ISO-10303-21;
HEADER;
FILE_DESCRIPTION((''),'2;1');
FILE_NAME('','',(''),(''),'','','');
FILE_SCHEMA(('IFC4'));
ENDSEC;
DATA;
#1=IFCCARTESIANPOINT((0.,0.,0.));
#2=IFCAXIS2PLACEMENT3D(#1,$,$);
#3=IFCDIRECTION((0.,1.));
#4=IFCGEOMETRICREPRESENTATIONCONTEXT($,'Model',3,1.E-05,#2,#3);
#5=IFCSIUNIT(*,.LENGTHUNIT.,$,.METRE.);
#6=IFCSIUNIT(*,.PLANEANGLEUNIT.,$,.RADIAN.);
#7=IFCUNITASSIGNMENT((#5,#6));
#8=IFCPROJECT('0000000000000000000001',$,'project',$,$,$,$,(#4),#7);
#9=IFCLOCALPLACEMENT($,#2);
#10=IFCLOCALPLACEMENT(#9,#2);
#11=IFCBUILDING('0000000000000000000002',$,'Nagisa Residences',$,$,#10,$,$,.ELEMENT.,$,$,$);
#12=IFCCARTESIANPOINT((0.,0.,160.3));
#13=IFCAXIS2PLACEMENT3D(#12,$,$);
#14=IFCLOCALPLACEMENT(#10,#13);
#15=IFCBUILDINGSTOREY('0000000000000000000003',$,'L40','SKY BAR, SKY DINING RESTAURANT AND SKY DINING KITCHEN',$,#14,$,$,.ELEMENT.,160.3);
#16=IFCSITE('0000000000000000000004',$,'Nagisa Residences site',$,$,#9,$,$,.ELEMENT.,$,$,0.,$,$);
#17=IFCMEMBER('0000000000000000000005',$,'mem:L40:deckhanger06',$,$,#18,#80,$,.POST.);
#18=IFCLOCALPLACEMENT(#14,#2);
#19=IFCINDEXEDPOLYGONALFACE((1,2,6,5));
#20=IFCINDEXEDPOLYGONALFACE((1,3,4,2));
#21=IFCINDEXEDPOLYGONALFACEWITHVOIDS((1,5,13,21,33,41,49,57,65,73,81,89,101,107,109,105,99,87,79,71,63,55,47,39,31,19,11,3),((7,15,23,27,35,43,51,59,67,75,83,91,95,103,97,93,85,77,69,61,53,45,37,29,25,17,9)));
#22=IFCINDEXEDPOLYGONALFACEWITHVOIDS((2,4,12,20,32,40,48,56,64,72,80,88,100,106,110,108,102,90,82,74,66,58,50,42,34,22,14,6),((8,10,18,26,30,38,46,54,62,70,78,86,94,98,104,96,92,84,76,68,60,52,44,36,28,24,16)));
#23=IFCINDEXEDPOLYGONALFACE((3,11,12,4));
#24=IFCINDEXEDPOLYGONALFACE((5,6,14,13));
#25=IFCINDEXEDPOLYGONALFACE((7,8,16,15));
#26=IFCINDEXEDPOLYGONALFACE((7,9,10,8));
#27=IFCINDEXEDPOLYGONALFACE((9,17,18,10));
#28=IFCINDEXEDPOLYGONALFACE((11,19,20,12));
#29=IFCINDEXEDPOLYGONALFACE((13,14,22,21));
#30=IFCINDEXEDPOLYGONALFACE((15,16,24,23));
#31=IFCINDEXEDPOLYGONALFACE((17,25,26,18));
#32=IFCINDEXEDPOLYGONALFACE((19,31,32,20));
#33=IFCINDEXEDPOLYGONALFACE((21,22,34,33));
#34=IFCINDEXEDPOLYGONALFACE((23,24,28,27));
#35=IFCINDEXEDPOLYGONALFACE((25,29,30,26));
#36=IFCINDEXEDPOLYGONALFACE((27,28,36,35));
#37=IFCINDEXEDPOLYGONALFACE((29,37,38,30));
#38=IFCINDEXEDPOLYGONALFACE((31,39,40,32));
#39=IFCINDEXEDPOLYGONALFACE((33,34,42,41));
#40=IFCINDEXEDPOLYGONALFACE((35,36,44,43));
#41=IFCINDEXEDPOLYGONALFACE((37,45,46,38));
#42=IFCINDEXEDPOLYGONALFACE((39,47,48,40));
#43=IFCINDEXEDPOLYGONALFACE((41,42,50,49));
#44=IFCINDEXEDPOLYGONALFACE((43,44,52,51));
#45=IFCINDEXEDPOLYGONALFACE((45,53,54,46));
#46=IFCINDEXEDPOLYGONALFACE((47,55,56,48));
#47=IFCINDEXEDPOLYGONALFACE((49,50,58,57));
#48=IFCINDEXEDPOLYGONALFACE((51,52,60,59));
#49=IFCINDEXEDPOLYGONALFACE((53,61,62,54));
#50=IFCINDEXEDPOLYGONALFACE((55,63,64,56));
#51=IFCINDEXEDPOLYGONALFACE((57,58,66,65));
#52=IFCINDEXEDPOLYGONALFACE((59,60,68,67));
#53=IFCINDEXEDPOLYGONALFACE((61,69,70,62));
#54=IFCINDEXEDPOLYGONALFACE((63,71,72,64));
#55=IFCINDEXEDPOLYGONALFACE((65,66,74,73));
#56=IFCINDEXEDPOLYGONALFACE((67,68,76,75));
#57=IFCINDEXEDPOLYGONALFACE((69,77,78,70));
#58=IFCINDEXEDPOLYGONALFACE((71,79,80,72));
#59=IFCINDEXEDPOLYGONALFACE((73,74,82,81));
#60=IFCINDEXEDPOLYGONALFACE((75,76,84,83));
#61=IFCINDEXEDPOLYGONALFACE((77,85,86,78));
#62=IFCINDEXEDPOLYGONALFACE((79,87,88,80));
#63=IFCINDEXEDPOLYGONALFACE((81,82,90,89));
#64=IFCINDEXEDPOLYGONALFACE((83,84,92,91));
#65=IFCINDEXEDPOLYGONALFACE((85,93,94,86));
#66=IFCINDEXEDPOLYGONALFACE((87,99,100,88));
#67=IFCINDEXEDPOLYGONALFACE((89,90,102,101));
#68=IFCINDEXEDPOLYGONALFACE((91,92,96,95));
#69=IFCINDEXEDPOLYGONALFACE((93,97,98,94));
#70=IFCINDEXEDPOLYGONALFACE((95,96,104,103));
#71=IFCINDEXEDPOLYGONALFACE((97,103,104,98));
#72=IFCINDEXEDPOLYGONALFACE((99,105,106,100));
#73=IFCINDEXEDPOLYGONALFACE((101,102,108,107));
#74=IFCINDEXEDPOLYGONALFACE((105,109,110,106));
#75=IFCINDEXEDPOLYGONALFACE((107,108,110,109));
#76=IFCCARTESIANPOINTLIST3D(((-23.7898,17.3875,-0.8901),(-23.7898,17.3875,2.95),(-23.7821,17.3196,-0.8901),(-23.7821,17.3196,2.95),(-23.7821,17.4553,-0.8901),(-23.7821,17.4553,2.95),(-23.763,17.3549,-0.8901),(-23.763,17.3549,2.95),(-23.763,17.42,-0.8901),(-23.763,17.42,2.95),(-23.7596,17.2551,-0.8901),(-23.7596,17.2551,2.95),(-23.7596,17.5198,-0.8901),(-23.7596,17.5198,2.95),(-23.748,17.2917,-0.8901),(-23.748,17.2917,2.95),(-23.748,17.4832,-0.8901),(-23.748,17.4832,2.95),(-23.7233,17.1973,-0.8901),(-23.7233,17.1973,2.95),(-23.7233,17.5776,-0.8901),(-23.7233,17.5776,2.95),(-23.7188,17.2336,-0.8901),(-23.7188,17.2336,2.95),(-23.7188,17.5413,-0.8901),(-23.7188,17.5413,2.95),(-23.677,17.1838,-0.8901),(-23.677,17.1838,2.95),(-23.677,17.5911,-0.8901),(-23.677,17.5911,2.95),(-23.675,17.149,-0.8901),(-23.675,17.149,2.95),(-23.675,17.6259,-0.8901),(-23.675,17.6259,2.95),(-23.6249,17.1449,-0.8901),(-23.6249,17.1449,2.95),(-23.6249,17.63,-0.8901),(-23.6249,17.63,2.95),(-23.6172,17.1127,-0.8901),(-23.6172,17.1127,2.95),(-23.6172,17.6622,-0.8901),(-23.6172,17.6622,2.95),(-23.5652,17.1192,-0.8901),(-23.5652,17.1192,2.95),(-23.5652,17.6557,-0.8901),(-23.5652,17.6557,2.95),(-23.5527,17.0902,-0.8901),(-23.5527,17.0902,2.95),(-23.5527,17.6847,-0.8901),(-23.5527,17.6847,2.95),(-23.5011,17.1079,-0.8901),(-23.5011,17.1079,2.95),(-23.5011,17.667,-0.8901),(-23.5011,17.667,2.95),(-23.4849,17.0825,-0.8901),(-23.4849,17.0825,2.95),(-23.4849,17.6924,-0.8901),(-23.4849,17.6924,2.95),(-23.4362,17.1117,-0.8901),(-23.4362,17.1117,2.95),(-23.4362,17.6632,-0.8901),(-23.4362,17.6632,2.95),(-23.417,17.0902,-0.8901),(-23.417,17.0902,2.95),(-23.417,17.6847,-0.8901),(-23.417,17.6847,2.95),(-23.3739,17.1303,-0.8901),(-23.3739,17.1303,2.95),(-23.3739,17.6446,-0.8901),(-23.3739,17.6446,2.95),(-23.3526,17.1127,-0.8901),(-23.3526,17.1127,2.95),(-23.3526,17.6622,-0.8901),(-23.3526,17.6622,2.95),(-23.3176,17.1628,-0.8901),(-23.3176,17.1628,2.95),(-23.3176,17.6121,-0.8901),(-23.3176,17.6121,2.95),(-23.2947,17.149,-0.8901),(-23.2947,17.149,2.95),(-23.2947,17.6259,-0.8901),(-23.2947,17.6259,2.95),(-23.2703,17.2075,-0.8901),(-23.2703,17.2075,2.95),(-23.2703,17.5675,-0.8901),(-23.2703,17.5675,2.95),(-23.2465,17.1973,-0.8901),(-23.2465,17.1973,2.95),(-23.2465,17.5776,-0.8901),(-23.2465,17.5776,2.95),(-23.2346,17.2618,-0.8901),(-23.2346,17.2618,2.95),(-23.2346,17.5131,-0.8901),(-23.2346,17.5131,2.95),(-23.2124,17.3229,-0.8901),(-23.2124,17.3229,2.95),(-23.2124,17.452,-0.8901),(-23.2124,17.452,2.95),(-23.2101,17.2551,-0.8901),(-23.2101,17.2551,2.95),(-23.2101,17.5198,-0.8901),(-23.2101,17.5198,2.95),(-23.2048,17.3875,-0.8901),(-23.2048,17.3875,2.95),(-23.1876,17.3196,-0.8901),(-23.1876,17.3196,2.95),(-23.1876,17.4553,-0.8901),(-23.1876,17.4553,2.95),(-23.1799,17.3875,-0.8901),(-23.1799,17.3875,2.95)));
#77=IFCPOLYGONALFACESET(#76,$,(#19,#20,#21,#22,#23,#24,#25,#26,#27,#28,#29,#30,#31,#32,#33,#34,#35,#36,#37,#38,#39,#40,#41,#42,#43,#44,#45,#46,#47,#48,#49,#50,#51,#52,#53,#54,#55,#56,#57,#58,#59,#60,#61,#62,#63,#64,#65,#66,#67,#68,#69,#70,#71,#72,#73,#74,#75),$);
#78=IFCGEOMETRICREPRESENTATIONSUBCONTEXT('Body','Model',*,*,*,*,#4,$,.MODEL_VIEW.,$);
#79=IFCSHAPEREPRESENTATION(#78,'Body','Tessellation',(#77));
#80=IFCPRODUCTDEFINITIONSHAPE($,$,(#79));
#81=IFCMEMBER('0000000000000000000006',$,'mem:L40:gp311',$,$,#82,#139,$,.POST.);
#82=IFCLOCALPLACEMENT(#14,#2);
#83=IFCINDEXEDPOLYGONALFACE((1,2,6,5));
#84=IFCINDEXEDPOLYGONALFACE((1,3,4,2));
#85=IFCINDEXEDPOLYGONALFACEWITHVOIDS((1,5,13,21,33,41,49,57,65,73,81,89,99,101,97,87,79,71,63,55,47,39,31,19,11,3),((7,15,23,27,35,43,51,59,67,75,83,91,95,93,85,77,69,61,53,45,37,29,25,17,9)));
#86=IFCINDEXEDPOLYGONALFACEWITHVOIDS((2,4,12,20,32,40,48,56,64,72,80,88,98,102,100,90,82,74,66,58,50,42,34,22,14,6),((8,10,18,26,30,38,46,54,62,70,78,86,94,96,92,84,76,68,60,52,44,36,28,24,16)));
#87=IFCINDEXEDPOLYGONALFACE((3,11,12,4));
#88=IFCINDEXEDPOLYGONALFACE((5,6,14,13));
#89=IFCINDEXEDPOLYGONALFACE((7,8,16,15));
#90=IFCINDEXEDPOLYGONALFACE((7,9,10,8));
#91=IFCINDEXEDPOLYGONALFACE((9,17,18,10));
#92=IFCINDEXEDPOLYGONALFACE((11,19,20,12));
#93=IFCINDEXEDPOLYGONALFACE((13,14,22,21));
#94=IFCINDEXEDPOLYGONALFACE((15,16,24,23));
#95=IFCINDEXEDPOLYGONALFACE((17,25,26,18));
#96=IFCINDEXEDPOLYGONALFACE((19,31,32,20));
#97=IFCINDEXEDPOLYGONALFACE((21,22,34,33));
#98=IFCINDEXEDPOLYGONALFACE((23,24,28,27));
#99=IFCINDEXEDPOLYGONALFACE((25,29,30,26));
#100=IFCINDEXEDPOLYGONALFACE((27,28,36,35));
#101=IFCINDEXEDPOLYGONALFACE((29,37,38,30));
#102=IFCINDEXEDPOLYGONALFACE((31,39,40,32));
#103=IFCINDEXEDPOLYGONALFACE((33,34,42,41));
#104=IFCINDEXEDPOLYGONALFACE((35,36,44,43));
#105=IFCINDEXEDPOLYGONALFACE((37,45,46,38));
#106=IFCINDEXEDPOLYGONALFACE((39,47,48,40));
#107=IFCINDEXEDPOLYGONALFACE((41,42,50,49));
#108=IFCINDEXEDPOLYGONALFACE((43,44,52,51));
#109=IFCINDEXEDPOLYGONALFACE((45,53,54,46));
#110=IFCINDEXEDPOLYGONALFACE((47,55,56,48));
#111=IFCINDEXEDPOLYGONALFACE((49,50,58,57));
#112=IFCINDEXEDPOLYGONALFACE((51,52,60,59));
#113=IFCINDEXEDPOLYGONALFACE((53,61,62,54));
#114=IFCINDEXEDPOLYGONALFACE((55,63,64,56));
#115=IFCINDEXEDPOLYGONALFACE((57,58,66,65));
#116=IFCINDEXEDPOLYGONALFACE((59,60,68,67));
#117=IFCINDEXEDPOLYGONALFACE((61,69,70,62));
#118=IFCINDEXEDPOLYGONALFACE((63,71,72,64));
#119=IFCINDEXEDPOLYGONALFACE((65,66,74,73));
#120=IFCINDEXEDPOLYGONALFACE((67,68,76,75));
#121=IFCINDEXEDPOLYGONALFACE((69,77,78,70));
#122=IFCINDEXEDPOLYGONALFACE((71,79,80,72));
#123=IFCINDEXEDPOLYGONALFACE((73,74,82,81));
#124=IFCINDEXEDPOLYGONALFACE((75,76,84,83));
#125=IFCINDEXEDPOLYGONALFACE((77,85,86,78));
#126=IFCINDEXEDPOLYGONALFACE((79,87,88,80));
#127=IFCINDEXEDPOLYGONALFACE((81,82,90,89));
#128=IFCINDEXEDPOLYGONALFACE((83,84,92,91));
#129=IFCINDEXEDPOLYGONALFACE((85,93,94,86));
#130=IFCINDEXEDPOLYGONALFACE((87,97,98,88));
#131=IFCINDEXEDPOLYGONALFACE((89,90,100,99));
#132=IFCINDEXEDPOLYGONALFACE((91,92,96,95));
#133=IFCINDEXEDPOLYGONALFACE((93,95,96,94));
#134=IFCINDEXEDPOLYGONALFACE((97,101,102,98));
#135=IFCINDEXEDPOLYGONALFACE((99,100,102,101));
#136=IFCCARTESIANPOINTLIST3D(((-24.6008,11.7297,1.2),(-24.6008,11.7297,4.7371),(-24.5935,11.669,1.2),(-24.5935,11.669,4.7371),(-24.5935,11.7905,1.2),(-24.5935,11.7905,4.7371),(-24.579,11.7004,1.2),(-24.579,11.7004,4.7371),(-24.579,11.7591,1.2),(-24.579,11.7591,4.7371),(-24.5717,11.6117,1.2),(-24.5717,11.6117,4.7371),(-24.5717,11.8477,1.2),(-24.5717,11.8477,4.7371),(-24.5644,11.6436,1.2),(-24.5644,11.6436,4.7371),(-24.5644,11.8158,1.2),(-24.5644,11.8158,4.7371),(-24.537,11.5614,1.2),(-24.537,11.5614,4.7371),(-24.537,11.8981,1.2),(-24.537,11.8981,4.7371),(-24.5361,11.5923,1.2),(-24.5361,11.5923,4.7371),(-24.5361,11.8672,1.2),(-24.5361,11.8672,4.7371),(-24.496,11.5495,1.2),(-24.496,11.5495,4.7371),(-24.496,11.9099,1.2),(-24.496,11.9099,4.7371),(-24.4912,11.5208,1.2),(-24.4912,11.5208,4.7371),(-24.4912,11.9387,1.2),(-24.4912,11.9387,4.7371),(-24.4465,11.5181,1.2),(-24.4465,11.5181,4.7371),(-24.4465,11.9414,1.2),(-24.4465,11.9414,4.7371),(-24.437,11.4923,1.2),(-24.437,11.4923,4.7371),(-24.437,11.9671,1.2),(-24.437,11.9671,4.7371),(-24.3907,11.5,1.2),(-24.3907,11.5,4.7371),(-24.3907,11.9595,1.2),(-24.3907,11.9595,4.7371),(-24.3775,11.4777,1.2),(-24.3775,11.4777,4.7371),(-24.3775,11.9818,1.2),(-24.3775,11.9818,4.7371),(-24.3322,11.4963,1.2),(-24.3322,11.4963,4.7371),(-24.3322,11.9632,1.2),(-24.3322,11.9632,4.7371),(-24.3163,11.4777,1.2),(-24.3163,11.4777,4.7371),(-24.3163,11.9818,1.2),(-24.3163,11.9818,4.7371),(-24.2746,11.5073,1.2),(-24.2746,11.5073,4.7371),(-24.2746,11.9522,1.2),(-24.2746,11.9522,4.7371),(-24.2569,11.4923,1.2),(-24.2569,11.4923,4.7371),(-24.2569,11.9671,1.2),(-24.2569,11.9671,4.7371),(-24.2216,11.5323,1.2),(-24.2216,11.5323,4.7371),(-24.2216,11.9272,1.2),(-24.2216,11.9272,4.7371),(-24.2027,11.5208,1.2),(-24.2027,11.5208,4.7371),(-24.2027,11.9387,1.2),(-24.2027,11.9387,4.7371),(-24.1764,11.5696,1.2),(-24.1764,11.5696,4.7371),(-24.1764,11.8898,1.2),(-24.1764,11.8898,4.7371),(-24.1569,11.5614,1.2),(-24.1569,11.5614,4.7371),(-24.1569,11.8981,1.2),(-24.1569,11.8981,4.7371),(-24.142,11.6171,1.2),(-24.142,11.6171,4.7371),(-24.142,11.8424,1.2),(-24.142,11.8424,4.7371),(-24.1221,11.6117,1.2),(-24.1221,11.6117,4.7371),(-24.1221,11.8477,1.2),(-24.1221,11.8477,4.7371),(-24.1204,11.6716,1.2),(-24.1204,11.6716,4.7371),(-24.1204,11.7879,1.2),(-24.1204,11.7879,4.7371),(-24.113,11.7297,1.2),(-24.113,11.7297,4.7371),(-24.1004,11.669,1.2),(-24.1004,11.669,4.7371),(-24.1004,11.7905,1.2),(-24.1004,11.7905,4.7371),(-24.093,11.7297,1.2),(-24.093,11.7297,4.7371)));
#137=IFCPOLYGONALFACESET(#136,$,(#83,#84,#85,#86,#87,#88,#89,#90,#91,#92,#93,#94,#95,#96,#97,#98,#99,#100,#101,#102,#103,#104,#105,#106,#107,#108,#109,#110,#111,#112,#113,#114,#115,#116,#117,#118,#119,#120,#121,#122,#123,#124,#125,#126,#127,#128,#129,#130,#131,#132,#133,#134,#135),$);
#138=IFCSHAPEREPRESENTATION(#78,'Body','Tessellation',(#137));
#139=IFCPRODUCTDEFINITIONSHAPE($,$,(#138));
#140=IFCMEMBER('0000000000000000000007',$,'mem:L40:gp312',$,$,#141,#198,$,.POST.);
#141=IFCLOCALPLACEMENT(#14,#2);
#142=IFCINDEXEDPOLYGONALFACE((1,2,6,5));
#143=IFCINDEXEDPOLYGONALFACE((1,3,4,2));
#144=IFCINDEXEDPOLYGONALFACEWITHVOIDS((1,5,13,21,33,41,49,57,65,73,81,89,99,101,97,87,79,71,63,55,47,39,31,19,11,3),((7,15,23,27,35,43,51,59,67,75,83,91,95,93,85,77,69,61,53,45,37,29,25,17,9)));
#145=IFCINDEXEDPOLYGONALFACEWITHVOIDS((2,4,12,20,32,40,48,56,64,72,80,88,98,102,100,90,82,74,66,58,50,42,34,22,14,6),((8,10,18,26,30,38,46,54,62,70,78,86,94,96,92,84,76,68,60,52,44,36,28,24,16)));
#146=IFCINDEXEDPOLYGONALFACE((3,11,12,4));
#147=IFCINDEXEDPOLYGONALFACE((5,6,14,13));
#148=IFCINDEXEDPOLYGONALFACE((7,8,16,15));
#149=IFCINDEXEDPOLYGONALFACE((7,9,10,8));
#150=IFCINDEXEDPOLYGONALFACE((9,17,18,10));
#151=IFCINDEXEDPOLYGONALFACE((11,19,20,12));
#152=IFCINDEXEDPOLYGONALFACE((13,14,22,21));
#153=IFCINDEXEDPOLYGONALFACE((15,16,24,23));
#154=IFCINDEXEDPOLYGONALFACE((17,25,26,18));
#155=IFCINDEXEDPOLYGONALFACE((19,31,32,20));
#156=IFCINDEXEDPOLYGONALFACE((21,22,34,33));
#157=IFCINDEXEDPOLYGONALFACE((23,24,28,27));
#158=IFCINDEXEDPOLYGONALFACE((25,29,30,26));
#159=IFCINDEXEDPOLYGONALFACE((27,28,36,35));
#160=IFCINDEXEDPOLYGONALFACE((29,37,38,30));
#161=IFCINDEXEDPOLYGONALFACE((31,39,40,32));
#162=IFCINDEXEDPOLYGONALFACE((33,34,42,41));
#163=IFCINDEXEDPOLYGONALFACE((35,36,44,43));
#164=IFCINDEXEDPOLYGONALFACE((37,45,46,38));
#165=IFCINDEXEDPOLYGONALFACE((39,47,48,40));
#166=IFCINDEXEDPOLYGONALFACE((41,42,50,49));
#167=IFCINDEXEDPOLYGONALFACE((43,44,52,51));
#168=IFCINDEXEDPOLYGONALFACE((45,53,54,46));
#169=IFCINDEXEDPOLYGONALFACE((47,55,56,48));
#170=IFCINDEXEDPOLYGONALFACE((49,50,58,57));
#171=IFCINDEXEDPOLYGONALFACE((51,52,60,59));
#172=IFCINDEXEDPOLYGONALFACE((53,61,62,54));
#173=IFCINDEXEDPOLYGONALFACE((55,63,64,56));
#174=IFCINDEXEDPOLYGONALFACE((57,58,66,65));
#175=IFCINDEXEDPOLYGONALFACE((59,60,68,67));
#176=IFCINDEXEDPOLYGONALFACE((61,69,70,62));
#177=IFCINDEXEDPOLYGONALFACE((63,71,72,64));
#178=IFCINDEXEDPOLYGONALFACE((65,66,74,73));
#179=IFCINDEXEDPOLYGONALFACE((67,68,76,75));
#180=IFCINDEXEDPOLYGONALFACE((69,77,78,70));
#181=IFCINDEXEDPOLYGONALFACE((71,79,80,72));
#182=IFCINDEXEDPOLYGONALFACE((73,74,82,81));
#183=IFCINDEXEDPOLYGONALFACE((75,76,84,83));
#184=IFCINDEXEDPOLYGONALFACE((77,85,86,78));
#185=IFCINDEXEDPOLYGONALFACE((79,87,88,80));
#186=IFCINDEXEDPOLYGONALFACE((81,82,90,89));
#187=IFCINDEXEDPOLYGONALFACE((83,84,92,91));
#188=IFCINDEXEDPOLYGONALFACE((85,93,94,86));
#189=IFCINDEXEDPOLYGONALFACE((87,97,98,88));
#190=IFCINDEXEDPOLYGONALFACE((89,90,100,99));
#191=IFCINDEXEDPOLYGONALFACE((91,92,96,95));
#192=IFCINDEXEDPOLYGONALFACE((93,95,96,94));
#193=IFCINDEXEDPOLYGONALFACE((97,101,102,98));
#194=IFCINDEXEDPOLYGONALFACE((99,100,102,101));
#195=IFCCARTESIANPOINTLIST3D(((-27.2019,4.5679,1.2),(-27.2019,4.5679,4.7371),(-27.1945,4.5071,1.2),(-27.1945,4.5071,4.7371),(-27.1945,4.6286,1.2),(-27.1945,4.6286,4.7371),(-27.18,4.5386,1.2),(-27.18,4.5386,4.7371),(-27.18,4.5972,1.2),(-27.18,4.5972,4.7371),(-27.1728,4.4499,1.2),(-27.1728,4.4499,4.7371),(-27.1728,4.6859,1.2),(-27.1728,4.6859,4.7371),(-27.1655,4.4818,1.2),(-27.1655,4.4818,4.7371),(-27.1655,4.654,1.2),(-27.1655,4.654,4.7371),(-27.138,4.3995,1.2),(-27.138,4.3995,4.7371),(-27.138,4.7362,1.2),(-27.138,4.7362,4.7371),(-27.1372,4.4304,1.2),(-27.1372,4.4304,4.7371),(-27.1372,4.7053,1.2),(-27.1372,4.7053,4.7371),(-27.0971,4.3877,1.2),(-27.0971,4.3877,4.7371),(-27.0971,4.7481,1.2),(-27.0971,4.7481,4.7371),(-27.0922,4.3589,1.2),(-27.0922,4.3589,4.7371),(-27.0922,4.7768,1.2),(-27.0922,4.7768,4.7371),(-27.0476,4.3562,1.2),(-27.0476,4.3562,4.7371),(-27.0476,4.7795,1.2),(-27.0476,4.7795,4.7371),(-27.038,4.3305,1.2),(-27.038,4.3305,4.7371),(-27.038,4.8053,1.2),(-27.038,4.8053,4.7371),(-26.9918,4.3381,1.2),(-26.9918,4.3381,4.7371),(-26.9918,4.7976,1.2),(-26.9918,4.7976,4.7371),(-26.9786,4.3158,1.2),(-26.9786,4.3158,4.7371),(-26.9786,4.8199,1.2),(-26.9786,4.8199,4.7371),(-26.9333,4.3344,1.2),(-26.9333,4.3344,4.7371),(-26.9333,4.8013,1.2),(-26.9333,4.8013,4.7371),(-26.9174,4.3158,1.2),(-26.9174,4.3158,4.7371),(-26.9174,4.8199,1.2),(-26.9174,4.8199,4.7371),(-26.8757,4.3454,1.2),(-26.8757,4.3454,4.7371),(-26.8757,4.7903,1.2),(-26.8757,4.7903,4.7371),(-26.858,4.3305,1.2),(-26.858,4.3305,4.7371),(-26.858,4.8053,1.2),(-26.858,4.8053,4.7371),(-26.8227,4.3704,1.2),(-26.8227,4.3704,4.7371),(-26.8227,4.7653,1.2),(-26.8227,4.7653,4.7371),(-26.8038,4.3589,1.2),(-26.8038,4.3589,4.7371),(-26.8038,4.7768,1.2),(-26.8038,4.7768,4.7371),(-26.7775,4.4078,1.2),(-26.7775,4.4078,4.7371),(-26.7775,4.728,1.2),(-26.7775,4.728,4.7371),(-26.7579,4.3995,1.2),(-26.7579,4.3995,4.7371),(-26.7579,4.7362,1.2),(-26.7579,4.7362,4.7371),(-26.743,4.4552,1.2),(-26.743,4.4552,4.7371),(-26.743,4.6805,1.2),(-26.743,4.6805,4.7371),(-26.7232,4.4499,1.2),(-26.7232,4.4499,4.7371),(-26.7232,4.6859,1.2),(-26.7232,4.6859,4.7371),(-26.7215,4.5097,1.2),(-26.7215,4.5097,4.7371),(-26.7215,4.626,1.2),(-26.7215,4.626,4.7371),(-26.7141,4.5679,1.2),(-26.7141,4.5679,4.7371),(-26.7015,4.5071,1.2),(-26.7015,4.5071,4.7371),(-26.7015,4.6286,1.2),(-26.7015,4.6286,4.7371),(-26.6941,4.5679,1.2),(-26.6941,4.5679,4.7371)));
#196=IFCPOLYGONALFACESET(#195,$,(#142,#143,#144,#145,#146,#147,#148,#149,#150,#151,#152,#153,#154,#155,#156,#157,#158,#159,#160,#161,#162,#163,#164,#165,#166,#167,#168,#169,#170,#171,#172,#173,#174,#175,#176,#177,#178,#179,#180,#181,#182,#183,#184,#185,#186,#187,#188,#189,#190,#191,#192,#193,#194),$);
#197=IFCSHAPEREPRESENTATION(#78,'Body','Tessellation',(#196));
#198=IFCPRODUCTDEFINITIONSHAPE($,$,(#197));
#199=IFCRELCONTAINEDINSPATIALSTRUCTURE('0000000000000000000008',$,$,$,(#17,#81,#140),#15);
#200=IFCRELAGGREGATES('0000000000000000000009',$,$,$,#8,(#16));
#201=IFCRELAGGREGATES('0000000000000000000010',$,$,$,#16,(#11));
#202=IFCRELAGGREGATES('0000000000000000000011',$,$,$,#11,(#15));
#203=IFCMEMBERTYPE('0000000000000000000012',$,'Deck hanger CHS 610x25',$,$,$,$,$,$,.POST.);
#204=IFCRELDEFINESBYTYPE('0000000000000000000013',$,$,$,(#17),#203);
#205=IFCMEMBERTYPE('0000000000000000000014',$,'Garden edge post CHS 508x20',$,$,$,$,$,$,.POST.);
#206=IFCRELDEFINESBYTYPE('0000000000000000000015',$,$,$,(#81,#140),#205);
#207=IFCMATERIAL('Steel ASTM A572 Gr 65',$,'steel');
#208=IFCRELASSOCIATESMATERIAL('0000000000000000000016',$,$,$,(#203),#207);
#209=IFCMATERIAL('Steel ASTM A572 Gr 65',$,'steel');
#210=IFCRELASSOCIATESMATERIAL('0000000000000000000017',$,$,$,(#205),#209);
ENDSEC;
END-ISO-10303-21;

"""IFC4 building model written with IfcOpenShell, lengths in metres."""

from ifc_helpers import new_model, si_unit, direction, frame, origin, origin_2d, place, context, subcontext, project, spatial, hollow_circle, extrude, material, material_profile, profile_set, type_object, element, save


model = new_model("IFC4")

# Units and contexts
model_context = context("Model", 3, precision=1e-05, world=origin(), true_north=direction((0.0, 1.0)))
body_context = subcontext(model_context, "Body", "Model", "MODEL_VIEW")
ifc_project = project(units=[si_unit("LENGTHUNIT", "METRE"), si_unit("PLANEANGLEUNIT", "RADIAN")], contexts=[model_context])

# Site, building, storey
site_placement = place(None, origin())
site = spatial("IfcSite", under=ifc_project, at=site_placement, Name="Nagisa Residences site", CompositionType="ELEMENT", RefElevation=0.0)
building_placement = place(site_placement, origin())
building = spatial("IfcBuilding", under=site, at=building_placement, Name="Nagisa Residences", CompositionType="ELEMENT")
storey_placement = place(building_placement, frame((0.0, 0.0, 160.3)))
storey = spatial("IfcBuildingStorey", under=building, at=storey_placement, Name="L40", Description="SKY BAR, SKY DINING RESTAURANT AND SKY DINING KITCHEN", CompositionType="ELEMENT", Elevation=160.3)

# Members
ifc_material_1 = material(Name="Steel ASTM A572 Gr 65", Category="steel")
ifc_material_profile_1 = material_profile(ifc_material_1, hollow_circle(Radius=0.3049, WallThickness=0.0249, at=origin_2d()), Name="CHS 610x25")
ifc_profile_set_1 = profile_set([ifc_material_profile_1], Name="Steel ASTM A572 Gr 65")
member_type_1 = type_object("IfcMemberType", Name="Deck hanger CHS 610x25", PredefinedType="POST", material=ifc_profile_set_1)
member_1_placement = place(storey_placement, frame((-23.4849, 17.3875, 2.95), z_axis=(0.0, 0.0, -1.0), x_axis=(1.0, 0.0, 0.0)))
element("IfcMember", 1, at=member_1_placement, inside=storey, type_object=member_type_1, Name="mem:L40:deckhanger06", PredefinedType="POST", context=body_context, shape_type="SweptSolid", body=[
    extrude(hollow_circle(Radius=0.3049, WallThickness=0.0249, at=origin_2d()), origin(), (0.0, 0.0, 1.0), 3.8401),
])
ifc_material_2 = material(Name="Steel ASTM A572 Gr 65", Category="steel")
ifc_material_profile_2 = material_profile(ifc_material_2, hollow_circle(Radius=0.2539, WallThickness=0.02, at=origin_2d()), Name="CHS 508x20")
ifc_profile_set_2 = profile_set([ifc_material_profile_2], Name="Steel ASTM A572 Gr 65")
member_type_2 = type_object("IfcMemberType", Name="Garden edge post CHS 508x20", PredefinedType="POST", material=ifc_profile_set_2)
for number, where, z_axis, x_axis, name in (
    (2, (-24.3469, 11.7297, 1.2), (0.0, 0.0, 1.0), (1.0, 0.0, 0.0), "mem:L40:gp311"),
    (3, (-26.948, 4.5679, 1.2), (0.0, 0.0, 1.0), (1.0, 0.0, 0.0), "mem:L40:gp312"),
):
    element("IfcMember", number, at=place(storey_placement, frame(where, z_axis=z_axis, x_axis=x_axis)), inside=storey, type_object=member_type_2, Name=name, PredefinedType="POST", context=body_context, shape_type="SweptSolid", body=[
        extrude(hollow_circle(Radius=0.2539, WallThickness=0.02, at=origin_2d()), origin(), (0.0, 0.0, 1.0), 3.5371),
    ])

save(model, "model.ifc")
